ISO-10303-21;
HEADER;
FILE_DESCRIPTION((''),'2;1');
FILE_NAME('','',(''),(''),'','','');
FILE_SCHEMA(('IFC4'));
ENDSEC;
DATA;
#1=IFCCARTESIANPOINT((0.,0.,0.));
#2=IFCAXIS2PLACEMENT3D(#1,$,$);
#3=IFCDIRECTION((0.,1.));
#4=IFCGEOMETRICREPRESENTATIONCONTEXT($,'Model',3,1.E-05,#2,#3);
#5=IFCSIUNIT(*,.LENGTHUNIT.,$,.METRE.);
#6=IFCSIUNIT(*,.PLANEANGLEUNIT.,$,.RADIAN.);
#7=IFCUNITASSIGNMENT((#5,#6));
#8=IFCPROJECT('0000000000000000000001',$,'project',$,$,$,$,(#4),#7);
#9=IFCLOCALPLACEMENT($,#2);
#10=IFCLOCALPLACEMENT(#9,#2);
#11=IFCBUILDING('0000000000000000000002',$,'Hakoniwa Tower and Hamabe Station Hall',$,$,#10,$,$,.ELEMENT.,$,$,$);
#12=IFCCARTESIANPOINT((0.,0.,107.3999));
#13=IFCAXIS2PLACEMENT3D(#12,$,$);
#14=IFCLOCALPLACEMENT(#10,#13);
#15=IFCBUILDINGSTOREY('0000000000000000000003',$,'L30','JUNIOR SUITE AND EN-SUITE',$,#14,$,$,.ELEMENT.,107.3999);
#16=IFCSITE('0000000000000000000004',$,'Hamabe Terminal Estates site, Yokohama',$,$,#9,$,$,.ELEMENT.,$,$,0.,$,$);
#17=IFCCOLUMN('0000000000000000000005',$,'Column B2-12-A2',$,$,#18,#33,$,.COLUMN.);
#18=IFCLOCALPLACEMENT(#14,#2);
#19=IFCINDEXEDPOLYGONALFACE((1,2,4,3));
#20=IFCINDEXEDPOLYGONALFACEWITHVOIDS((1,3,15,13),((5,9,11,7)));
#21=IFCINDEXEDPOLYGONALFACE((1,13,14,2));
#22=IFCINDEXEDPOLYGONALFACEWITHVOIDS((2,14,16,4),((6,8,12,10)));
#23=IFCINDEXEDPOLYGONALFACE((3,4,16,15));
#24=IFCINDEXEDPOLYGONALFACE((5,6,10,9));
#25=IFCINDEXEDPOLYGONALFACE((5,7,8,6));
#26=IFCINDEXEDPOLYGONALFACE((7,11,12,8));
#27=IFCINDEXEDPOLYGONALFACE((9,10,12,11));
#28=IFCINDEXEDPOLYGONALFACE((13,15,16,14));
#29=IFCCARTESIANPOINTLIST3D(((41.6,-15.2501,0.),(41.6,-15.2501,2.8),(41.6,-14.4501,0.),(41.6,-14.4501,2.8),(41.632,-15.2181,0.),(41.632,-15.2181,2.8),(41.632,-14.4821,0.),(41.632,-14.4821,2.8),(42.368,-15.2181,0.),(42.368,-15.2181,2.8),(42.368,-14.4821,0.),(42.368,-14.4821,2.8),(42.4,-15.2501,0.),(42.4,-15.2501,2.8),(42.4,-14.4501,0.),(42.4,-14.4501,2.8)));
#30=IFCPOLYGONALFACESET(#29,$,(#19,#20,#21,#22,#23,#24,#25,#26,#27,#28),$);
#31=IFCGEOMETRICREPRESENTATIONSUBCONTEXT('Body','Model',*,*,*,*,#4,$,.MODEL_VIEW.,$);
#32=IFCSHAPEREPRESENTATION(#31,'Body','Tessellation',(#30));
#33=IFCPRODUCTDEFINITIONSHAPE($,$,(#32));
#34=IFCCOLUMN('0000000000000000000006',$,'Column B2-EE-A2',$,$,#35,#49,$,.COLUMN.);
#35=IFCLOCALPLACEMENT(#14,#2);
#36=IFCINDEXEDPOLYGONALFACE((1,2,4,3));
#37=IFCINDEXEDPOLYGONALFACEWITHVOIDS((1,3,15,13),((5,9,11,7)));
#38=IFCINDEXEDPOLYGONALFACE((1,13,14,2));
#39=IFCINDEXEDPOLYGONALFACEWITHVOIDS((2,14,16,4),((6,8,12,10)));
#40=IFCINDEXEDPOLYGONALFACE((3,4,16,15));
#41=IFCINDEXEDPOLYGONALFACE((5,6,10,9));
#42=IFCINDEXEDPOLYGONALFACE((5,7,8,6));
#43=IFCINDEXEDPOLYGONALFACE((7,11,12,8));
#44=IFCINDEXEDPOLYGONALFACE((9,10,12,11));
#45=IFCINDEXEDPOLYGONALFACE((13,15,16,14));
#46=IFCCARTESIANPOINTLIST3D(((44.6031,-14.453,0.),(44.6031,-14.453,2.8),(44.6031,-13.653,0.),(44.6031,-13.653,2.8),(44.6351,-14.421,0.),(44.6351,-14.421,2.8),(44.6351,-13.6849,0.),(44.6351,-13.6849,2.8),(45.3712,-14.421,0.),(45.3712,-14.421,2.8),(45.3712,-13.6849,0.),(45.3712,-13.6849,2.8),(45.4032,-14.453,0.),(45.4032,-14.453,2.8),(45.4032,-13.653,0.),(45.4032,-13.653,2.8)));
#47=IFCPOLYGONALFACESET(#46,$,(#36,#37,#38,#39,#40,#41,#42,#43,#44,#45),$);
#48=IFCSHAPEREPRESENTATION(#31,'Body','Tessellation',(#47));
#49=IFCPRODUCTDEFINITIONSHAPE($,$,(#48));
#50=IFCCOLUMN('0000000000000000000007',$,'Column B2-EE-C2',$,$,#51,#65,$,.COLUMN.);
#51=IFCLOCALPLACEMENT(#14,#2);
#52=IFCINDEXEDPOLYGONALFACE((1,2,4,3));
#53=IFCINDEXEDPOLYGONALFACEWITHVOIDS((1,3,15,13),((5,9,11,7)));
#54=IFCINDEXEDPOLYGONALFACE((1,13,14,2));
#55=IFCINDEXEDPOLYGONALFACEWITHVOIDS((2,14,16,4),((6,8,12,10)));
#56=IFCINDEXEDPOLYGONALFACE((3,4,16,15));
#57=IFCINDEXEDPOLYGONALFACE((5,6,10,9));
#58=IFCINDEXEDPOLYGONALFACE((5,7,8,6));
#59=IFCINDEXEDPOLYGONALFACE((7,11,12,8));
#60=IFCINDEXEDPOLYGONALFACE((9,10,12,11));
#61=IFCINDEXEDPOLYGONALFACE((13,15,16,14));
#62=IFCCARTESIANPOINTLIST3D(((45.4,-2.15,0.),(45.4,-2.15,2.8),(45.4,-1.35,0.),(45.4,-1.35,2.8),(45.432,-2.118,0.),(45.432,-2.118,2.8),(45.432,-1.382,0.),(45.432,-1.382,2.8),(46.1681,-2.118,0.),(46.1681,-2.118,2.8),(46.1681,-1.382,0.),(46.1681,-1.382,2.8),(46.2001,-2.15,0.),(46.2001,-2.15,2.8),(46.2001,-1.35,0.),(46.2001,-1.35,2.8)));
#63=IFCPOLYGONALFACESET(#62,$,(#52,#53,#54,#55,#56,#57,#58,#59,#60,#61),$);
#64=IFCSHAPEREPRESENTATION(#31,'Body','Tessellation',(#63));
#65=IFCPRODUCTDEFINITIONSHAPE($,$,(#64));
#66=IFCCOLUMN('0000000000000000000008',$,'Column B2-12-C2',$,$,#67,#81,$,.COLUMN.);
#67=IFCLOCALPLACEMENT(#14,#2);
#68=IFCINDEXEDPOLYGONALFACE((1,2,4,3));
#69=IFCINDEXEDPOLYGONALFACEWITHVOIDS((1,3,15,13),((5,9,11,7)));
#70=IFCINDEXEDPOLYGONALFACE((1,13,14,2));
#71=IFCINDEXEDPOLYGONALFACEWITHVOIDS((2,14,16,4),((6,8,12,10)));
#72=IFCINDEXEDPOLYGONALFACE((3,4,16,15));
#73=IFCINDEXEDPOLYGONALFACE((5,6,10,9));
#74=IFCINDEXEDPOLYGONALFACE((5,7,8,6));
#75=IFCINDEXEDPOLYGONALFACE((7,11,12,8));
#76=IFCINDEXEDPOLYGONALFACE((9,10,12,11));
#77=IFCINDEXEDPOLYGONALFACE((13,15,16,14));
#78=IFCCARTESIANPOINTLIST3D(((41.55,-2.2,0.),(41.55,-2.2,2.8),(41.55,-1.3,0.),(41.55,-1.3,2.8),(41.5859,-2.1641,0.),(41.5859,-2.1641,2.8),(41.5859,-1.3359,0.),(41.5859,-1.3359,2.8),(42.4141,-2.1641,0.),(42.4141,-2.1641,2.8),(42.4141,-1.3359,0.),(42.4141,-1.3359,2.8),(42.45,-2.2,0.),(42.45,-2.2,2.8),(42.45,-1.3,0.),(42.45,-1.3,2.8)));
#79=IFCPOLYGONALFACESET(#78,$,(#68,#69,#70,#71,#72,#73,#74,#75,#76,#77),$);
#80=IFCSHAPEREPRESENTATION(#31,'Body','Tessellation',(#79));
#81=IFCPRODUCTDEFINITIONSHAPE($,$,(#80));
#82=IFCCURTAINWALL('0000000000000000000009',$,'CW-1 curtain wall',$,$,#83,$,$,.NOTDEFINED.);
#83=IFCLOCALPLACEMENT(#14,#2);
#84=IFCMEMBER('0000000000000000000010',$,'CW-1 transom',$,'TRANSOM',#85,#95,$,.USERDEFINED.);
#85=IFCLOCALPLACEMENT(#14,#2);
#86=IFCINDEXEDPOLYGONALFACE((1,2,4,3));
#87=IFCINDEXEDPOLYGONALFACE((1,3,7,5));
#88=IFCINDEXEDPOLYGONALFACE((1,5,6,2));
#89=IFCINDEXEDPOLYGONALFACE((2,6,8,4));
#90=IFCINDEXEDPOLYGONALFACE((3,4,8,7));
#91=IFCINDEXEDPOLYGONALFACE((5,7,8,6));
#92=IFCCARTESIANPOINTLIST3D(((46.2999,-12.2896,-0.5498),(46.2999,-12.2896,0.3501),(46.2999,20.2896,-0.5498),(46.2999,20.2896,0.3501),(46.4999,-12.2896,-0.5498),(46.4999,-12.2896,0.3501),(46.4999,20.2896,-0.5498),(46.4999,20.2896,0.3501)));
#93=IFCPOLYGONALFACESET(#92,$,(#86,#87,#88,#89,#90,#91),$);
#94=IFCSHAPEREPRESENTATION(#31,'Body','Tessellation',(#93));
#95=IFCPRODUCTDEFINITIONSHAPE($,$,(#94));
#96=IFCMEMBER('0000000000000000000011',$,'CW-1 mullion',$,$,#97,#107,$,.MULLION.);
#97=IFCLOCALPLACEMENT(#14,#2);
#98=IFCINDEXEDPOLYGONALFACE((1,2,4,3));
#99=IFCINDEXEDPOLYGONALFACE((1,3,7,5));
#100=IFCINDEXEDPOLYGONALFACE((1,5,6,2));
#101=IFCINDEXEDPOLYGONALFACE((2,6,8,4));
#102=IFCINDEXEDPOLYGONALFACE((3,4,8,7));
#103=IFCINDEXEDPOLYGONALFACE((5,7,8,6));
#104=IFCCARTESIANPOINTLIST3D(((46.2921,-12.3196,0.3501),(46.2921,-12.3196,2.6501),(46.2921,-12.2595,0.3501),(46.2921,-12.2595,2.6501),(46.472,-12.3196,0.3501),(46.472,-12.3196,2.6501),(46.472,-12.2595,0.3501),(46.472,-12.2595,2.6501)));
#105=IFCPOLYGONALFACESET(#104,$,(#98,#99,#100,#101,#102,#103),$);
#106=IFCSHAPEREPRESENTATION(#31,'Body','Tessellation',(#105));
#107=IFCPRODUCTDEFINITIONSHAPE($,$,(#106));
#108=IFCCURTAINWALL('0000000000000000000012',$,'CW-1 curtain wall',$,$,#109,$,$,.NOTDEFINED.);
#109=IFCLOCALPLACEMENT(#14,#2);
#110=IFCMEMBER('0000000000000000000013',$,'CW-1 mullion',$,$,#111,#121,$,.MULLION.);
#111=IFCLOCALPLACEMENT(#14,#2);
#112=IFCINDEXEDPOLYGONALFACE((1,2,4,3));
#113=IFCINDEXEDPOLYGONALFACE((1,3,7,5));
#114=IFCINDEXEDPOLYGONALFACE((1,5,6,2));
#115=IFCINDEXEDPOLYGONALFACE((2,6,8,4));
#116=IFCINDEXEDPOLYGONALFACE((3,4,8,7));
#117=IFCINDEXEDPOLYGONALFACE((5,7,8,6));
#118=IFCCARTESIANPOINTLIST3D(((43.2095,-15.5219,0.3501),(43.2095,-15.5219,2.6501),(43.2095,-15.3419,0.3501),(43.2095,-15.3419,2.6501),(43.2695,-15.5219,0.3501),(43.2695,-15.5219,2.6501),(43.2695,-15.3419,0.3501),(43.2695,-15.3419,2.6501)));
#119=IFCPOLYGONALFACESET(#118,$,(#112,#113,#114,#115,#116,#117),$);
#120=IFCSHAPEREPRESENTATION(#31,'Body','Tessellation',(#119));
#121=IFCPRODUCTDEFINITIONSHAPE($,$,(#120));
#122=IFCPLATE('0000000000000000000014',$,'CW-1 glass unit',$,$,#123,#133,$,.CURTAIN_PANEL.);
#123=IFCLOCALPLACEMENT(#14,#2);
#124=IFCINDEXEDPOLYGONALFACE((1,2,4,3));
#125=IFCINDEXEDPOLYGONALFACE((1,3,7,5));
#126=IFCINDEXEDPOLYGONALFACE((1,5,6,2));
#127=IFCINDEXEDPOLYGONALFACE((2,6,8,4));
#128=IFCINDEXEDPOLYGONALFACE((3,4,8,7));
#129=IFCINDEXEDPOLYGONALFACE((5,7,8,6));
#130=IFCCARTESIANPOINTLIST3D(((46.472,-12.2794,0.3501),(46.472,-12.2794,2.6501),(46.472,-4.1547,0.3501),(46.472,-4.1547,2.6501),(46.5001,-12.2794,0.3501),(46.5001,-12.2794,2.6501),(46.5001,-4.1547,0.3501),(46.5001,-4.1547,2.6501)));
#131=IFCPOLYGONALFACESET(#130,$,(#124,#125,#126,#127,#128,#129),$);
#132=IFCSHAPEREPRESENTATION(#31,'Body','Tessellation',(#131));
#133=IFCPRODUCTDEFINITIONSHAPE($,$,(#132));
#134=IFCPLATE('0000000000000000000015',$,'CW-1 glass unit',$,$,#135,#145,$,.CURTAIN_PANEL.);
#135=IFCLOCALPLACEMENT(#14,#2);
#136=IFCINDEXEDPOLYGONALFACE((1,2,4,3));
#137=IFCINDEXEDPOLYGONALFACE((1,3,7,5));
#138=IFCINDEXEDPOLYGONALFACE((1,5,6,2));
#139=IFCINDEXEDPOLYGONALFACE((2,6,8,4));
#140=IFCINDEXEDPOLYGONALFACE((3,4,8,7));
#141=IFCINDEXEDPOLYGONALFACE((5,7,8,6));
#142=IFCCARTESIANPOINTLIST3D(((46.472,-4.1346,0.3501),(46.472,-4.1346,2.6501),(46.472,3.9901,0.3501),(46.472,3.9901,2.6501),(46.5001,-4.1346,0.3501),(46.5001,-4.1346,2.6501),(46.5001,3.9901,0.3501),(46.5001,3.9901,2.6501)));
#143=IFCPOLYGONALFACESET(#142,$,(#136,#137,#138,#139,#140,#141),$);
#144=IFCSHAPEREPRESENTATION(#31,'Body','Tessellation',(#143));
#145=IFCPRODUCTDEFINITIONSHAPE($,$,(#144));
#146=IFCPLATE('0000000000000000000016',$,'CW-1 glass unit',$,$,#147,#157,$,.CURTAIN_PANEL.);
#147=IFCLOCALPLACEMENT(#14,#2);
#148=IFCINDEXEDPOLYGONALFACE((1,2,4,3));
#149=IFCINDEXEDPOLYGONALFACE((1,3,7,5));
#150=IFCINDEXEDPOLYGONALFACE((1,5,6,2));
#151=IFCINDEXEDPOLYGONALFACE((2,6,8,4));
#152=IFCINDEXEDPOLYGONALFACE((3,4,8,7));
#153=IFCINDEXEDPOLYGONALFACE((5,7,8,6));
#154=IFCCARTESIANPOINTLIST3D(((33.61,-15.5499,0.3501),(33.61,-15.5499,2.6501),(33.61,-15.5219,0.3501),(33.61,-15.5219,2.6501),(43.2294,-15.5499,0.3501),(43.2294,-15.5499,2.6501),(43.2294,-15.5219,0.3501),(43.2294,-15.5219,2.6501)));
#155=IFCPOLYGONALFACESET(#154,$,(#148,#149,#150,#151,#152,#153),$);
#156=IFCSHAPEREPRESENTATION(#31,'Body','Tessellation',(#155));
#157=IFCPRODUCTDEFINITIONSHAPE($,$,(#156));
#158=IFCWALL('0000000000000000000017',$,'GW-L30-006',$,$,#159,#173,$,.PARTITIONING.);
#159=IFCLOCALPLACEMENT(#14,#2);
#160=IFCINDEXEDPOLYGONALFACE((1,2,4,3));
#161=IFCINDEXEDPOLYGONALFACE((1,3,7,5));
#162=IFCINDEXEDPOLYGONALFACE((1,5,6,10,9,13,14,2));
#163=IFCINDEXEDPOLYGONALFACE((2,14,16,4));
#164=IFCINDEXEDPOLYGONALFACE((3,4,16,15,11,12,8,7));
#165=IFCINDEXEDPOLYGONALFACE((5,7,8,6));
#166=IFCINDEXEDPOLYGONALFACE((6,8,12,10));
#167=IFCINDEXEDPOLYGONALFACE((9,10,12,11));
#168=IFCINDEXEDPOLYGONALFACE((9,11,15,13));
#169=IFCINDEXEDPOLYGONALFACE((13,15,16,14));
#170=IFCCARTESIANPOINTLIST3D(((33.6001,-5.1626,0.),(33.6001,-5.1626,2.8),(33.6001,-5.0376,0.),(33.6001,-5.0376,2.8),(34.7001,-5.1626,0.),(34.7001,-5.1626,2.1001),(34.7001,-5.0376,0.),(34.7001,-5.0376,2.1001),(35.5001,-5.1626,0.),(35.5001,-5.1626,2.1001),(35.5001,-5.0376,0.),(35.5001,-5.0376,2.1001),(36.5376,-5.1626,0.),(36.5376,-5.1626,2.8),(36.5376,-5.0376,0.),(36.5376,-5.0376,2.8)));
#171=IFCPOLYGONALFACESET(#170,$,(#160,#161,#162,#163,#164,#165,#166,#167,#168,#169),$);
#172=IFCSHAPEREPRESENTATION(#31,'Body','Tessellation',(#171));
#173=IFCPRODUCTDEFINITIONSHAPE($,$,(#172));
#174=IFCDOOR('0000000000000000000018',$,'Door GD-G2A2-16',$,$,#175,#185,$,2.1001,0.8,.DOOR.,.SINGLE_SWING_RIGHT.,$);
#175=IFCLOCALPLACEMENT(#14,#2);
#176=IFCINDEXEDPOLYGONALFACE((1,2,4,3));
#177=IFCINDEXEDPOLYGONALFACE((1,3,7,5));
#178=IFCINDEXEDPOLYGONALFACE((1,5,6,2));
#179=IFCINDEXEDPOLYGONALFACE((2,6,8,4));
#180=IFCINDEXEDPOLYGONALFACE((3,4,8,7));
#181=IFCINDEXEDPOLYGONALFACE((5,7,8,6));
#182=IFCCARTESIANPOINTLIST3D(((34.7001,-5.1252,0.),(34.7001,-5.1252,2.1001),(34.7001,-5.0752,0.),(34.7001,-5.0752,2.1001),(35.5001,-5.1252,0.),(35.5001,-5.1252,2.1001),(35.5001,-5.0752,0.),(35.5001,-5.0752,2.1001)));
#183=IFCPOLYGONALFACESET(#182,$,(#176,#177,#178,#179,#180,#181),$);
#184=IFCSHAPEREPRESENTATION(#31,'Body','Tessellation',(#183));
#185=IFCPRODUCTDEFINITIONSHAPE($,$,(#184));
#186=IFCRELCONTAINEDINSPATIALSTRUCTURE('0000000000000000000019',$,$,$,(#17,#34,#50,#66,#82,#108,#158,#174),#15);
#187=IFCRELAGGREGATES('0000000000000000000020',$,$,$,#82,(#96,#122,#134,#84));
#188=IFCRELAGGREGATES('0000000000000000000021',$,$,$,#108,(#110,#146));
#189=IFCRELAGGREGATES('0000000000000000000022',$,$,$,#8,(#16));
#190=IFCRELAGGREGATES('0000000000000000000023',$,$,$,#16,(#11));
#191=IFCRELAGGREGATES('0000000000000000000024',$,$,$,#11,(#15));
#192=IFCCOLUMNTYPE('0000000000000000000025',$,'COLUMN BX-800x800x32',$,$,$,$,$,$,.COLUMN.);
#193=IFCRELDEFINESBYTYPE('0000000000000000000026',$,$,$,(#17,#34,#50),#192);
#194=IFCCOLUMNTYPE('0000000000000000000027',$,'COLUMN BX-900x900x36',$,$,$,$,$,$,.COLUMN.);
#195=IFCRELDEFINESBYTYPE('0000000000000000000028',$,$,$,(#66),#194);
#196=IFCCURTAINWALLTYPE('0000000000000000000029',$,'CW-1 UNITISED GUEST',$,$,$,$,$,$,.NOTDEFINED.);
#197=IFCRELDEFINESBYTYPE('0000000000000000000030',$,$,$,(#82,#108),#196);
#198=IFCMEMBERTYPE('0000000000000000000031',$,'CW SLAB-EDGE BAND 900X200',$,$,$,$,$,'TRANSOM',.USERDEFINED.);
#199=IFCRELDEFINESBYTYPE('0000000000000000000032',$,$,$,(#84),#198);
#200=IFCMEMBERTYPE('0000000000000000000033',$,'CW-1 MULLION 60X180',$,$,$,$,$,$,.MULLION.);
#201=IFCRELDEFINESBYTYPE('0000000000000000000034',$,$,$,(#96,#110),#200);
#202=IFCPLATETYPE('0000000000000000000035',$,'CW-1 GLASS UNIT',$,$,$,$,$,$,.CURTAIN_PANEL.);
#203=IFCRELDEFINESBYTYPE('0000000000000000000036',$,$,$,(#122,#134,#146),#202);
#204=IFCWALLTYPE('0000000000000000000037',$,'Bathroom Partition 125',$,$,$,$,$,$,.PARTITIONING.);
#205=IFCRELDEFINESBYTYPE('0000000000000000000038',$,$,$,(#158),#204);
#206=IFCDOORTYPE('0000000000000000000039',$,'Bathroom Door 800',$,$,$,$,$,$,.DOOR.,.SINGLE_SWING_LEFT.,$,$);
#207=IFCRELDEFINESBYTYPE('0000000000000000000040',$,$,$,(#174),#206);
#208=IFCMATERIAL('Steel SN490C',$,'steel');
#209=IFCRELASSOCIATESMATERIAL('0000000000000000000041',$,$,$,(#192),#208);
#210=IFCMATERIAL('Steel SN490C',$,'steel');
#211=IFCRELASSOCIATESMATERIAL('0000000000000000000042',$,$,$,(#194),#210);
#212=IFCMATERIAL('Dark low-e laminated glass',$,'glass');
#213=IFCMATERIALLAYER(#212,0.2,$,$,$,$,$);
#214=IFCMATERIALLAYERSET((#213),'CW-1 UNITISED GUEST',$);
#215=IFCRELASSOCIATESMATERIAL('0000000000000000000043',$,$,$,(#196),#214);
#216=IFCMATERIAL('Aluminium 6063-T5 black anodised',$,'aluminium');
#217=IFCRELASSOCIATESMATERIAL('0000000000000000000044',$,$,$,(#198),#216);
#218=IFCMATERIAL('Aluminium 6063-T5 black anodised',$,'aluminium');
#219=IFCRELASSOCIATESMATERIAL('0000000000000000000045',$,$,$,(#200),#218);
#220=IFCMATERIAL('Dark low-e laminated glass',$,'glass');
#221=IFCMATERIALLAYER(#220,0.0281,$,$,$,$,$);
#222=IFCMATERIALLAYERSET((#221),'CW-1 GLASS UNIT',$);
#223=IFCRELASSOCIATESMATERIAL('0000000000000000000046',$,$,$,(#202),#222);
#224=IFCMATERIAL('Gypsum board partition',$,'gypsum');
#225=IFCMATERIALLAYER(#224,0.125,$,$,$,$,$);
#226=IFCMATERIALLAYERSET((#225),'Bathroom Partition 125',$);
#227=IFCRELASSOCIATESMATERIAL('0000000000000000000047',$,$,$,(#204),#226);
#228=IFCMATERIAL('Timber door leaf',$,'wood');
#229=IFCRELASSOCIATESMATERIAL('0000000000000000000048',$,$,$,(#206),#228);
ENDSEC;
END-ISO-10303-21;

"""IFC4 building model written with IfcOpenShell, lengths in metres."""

from ifc_helpers import new_model, si_unit, direction, frame, frame_2d, origin, origin_2d, place, context, subcontext, project, spatial, rectangle, hollow_rectangle, extrude, material, layer, layer_set, material_profile, profile_set, type_object, element, fill, aggregate, save


model = new_model("IFC4")

# Units and contexts
model_context = context("Model", 3, precision=1e-05, world=origin(), true_north=direction((0.0, 1.0)))
body_context = subcontext(model_context, "Body", "Model", "MODEL_VIEW")
ifc_project = project(units=[si_unit("LENGTHUNIT", "METRE"), si_unit("PLANEANGLEUNIT", "RADIAN")], contexts=[model_context])

# Site, building, storey
site_placement = place(None, origin())
site = spatial("IfcSite", under=ifc_project, at=site_placement, Name="Hamabe Terminal Estates site, Yokohama", CompositionType="ELEMENT", RefElevation=0.0)
building_placement = place(site_placement, origin())
building = spatial("IfcBuilding", under=site, at=building_placement, Name="Hakoniwa Tower and Hamabe Station Hall", CompositionType="ELEMENT")
storey_placement = place(building_placement, frame((0.0, 0.0, 107.3999)))
storey = spatial("IfcBuildingStorey", under=building, at=storey_placement, Name="L30", Description="JUNIOR SUITE AND EN-SUITE", CompositionType="ELEMENT", Elevation=107.3999)

# Columns
ifc_material_1 = material(Name="Steel SN490C", Category="steel")
ifc_material_profile_1 = material_profile(ifc_material_1, hollow_rectangle(XDim=0.8, YDim=0.8, WallThickness=0.032, at=origin_2d()), Name="BX-800x800x32")
ifc_profile_set_1 = profile_set([ifc_material_profile_1], Name="Steel SN490C")
column_type_1 = type_object("IfcColumnType", Name="COLUMN BX-800x800x32", PredefinedType="COLUMN", material=ifc_profile_set_1)
for number, where, z_axis, x_axis, name in (
    (1, (42.0, -14.8501, 0.0), (0.0, 0.0, 1.0), (1.0, 0.0, 0.0), "Column B2-12-A2"),
    (2, (45.0032, -14.053, 0.0), (0.0, 0.0, 1.0), (1.0, 0.0, 0.0), "Column B2-EE-A2"),
    (3, (45.8, -1.75, 0.0), (0.0, 0.0, 1.0), (1.0, 0.0, 0.0), "Column B2-EE-C2"),
):
    element("IfcColumn", number, at=place(storey_placement, frame(where, z_axis=z_axis, x_axis=x_axis)), inside=storey, type_object=column_type_1, Name=name, PredefinedType="COLUMN", context=body_context, shape_type="SweptSolid", body=[
        extrude(hollow_rectangle(XDim=0.8, YDim=0.8, WallThickness=0.032, at=origin_2d()), origin(), (0.0, 0.0, 1.0), 2.8),
    ])
ifc_material_2 = material(Name="Steel SN490C", Category="steel")
ifc_material_profile_2 = material_profile(ifc_material_2, hollow_rectangle(XDim=0.8999, YDim=0.8999, WallThickness=0.0359, at=origin_2d()), Name="BX-900x900x36")
ifc_profile_set_2 = profile_set([ifc_material_profile_2], Name="Steel SN490C")
column_type_2 = type_object("IfcColumnType", Name="COLUMN BX-900x900x36", PredefinedType="COLUMN", material=ifc_profile_set_2)
column_placement = place(storey_placement, frame((42.0, -1.75, 0.0), z_axis=(0.0, 0.0, 1.0), x_axis=(1.0, 0.0, 0.0)))
element("IfcColumn", 4, at=column_placement, inside=storey, type_object=column_type_2, Name="Column B2-12-C2", PredefinedType="COLUMN", context=body_context, shape_type="SweptSolid", body=[
    extrude(hollow_rectangle(XDim=0.8999, YDim=0.8999, WallThickness=0.0359, at=origin_2d()), origin(), (0.0, 0.0, 1.0), 2.8),
])

# Curtain wall, members
ifc_material_3 = material(Name="Dark low-e laminated glass", Category="glass")
ifc_layer_1 = layer(ifc_material_3, 0.2)
ifc_layer_set_1 = layer_set([ifc_layer_1], Name="CW-1 UNITISED GUEST")
curtain_wall_type = type_object("IfcCurtainWallType", Name="CW-1 UNITISED GUEST", PredefinedType="NOTDEFINED", material=ifc_layer_set_1)
curtain_wall_1_placement = place(storey_placement, origin())
curtain_wall_1 = element("IfcCurtainWall", 5, at=curtain_wall_1_placement, inside=storey, type_object=curtain_wall_type, Name="CW-1 curtain wall", PredefinedType="NOTDEFINED")
ifc_material_4 = material(Name="Aluminium 6063-T5 black anodised", Category="aluminium")
ifc_material_profile_3 = material_profile(ifc_material_4, rectangle(XDim=0.2, YDim=0.8999, at=origin_2d()), Name="CW SLAB-EDGE BAND 900X200")
ifc_profile_set_3 = profile_set([ifc_material_profile_3], Name="Aluminium 6063-T5 black anodised")
member_type_1 = type_object("IfcMemberType", Name="CW SLAB-EDGE BAND 900X200", ElementType="TRANSOM", PredefinedType="USERDEFINED", material=ifc_profile_set_3)
member_1_placement = place(storey_placement, frame((46.3999, -12.2896, -0.0999), z_axis=(0.0, 1.0, 0.0), x_axis=(-1.0, 0.0, 0.0)))
member_1 = element("IfcMember", 6, at=member_1_placement, type_object=member_type_1, Name="CW-1 transom", ObjectType="TRANSOM", PredefinedType="USERDEFINED", context=body_context, shape_type="SweptSolid", body=[
    extrude(rectangle(XDim=0.2, YDim=0.8999, at=origin_2d()), origin(), (0.0, 0.0, 1.0), 32.5791),
])
ifc_material_5 = material(Name="Aluminium 6063-T5 black anodised", Category="aluminium")
ifc_material_profile_4 = material_profile(ifc_material_5, rectangle(XDim=0.0601, YDim=0.1799, at=origin_2d()), Name="CW-1 MULLION 60X180")
ifc_profile_set_4 = profile_set([ifc_material_profile_4], Name="Aluminium 6063-T5 black anodised")
member_type_2 = type_object("IfcMemberType", Name="CW-1 MULLION 60X180", PredefinedType="MULLION", material=ifc_profile_set_4)
member_2_placement = place(storey_placement, frame((46.3821, -12.2896, 0.3501), z_axis=(0.0, 0.0, 1.0), x_axis=(0.0, 1.0, 0.0)))
member_2 = element("IfcMember", 7, at=member_2_placement, type_object=member_type_2, Name="CW-1 mullion", PredefinedType="MULLION", context=body_context, shape_type="SweptSolid", body=[
    extrude(rectangle(XDim=0.0601, YDim=0.1799, at=origin_2d()), origin(), (0.0, 0.0, 1.0), 2.3),
])

# Curtain wall, member
curtain_wall_2_placement = place(storey_placement, origin())
curtain_wall_2 = element("IfcCurtainWall", 8, at=curtain_wall_2_placement, inside=storey, type_object=curtain_wall_type, Name="CW-1 curtain wall", PredefinedType="NOTDEFINED")
member_3_placement = place(storey_placement, frame((43.2395, -15.4319, 0.3501), z_axis=(0.0, 0.0, 1.0), x_axis=(1.0, 0.0, 0.0)))
member_3 = element("IfcMember", 9, at=member_3_placement, type_object=member_type_2, Name="CW-1 mullion", PredefinedType="MULLION", context=body_context, shape_type="SweptSolid", body=[
    extrude(rectangle(XDim=0.0601, YDim=0.1799, at=origin_2d()), origin(), (0.0, 0.0, 1.0), 2.3),
])

# Plates
ifc_material_6 = material(Name="Dark low-e laminated glass", Category="glass")
ifc_layer_2 = layer(ifc_material_6, 0.0281)
ifc_layer_set_2 = layer_set([ifc_layer_2], Name="CW-1 GLASS UNIT")
plate_type = type_object("IfcPlateType", Name="CW-1 GLASS UNIT", PredefinedType="CURTAIN_PANEL", material=ifc_layer_set_2)
plate_1_placement = place(storey_placement, frame((46.4861, -8.217, 0.3501), z_axis=(0.0, 0.0, 1.0), x_axis=(0.0, 1.0, 0.0)))
plate_1 = element("IfcPlate", 10, at=plate_1_placement, type_object=plate_type, Name="CW-1 glass unit", PredefinedType="CURTAIN_PANEL", context=body_context, shape_type="SweptSolid", body=[
    extrude(rectangle(XDim=8.1248, YDim=0.0281, at=origin_2d()), origin(), (0.0, 0.0, 1.0), 2.3),
])
plate_2_placement = place(storey_placement, frame((46.4861, -0.0723, 0.3501), z_axis=(0.0, 0.0, 1.0), x_axis=(0.0, 1.0, 0.0)))
plate_2 = element("IfcPlate", 11, at=plate_2_placement, type_object=plate_type, Name="CW-1 glass unit", PredefinedType="CURTAIN_PANEL", context=body_context, shape_type="SweptSolid", body=[
    extrude(rectangle(XDim=8.1248, YDim=0.0281, at=origin_2d()), origin(), (0.0, 0.0, 1.0), 2.3),
])
aggregate(curtain_wall_1, [member_2, plate_1, plate_2, member_1])
plate_3_placement = place(storey_placement, frame((38.4197, -15.5359, 0.3501), z_axis=(0.0, 0.0, 1.0), x_axis=(1.0, 0.0, 0.0)))
plate_3 = element("IfcPlate", 12, at=plate_3_placement, type_object=plate_type, Name="CW-1 glass unit", PredefinedType="CURTAIN_PANEL", context=body_context, shape_type="SweptSolid", body=[
    extrude(rectangle(XDim=9.6194, YDim=0.0281, at=origin_2d()), origin(), (0.0, 0.0, 1.0), 2.3),
])
aggregate(curtain_wall_2, [member_3, plate_3])

# Wall, opening, door
ifc_material_7 = material(Name="Gypsum board partition", Category="gypsum")
ifc_layer_3 = layer(ifc_material_7, 0.125)
ifc_layer_set_3 = layer_set([ifc_layer_3], Name="Bathroom Partition 125")
wall_type_1 = type_object("IfcWallType", Name="Bathroom Partition 125", PredefinedType="PARTITIONING", material=ifc_layer_set_3)
wall_1_placement = place(storey_placement, frame((33.6001, -5.1001, 0.0), z_axis=(0.0, 0.0, 1.0), x_axis=(1.0, 0.0, 0.0)))
wall_1 = element("IfcWall", 13, at=wall_1_placement, inside=storey, type_object=wall_type_1, Name="GW-L30-006", PredefinedType="PARTITIONING", context=body_context, shape_type="SweptSolid", body=[
    extrude(rectangle(XDim=2.9375, YDim=0.125, at=frame_2d((1.4688, 0.0))), origin(), (0.0, 0.0, 1.0), 2.8),
])
opening_1_placement = place(wall_1_placement, frame((1.1001, 0.0, 0.0)))
opening_1 = element("IfcOpeningElement", 14, at=opening_1_placement, cuts=wall_1, PredefinedType="OPENING", context=body_context, shape_type="SweptSolid", body=[
    extrude(rectangle(XDim=0.8, YDim=2.1001, at=frame_2d((0.3999, 1.05))), frame((0.0, 0.0725, 0.0), z_axis=(0.0, -1.0, 0.0), x_axis=(1.0, 0.0, 0.0)), (0.0, 0.0, 1.0), 0.145),
])
ifc_material_8 = material(Name="Timber door leaf", Category="wood")
door_type_1 = type_object("IfcDoorType", Name="Bathroom Door 800", OperationType="SINGLE_SWING_LEFT", PredefinedType="DOOR", material=ifc_material_8)
door_1_placement = place(opening_1_placement, origin())
door_1 = element("IfcDoor", 15, at=door_1_placement, inside=storey, type_object=door_type_1, Name="Door GD-G2A2-16", OperationType="SINGLE_SWING_RIGHT", OverallHeight=2.1001, OverallWidth=0.8, PredefinedType="DOOR", context=body_context, shape_type="SweptSolid", body=[
    extrude(rectangle(XDim=0.8, YDim=2.1001, at=frame_2d((0.3999, 1.05))), frame((0.0, 0.0249, 0.0), z_axis=(0.0, -1.0, 0.0), x_axis=(1.0, 0.0, 0.0)), (0.0, 0.0, 1.0), 0.05),
])
fill(opening_1, door_1)

save(model, "model.ifc")
